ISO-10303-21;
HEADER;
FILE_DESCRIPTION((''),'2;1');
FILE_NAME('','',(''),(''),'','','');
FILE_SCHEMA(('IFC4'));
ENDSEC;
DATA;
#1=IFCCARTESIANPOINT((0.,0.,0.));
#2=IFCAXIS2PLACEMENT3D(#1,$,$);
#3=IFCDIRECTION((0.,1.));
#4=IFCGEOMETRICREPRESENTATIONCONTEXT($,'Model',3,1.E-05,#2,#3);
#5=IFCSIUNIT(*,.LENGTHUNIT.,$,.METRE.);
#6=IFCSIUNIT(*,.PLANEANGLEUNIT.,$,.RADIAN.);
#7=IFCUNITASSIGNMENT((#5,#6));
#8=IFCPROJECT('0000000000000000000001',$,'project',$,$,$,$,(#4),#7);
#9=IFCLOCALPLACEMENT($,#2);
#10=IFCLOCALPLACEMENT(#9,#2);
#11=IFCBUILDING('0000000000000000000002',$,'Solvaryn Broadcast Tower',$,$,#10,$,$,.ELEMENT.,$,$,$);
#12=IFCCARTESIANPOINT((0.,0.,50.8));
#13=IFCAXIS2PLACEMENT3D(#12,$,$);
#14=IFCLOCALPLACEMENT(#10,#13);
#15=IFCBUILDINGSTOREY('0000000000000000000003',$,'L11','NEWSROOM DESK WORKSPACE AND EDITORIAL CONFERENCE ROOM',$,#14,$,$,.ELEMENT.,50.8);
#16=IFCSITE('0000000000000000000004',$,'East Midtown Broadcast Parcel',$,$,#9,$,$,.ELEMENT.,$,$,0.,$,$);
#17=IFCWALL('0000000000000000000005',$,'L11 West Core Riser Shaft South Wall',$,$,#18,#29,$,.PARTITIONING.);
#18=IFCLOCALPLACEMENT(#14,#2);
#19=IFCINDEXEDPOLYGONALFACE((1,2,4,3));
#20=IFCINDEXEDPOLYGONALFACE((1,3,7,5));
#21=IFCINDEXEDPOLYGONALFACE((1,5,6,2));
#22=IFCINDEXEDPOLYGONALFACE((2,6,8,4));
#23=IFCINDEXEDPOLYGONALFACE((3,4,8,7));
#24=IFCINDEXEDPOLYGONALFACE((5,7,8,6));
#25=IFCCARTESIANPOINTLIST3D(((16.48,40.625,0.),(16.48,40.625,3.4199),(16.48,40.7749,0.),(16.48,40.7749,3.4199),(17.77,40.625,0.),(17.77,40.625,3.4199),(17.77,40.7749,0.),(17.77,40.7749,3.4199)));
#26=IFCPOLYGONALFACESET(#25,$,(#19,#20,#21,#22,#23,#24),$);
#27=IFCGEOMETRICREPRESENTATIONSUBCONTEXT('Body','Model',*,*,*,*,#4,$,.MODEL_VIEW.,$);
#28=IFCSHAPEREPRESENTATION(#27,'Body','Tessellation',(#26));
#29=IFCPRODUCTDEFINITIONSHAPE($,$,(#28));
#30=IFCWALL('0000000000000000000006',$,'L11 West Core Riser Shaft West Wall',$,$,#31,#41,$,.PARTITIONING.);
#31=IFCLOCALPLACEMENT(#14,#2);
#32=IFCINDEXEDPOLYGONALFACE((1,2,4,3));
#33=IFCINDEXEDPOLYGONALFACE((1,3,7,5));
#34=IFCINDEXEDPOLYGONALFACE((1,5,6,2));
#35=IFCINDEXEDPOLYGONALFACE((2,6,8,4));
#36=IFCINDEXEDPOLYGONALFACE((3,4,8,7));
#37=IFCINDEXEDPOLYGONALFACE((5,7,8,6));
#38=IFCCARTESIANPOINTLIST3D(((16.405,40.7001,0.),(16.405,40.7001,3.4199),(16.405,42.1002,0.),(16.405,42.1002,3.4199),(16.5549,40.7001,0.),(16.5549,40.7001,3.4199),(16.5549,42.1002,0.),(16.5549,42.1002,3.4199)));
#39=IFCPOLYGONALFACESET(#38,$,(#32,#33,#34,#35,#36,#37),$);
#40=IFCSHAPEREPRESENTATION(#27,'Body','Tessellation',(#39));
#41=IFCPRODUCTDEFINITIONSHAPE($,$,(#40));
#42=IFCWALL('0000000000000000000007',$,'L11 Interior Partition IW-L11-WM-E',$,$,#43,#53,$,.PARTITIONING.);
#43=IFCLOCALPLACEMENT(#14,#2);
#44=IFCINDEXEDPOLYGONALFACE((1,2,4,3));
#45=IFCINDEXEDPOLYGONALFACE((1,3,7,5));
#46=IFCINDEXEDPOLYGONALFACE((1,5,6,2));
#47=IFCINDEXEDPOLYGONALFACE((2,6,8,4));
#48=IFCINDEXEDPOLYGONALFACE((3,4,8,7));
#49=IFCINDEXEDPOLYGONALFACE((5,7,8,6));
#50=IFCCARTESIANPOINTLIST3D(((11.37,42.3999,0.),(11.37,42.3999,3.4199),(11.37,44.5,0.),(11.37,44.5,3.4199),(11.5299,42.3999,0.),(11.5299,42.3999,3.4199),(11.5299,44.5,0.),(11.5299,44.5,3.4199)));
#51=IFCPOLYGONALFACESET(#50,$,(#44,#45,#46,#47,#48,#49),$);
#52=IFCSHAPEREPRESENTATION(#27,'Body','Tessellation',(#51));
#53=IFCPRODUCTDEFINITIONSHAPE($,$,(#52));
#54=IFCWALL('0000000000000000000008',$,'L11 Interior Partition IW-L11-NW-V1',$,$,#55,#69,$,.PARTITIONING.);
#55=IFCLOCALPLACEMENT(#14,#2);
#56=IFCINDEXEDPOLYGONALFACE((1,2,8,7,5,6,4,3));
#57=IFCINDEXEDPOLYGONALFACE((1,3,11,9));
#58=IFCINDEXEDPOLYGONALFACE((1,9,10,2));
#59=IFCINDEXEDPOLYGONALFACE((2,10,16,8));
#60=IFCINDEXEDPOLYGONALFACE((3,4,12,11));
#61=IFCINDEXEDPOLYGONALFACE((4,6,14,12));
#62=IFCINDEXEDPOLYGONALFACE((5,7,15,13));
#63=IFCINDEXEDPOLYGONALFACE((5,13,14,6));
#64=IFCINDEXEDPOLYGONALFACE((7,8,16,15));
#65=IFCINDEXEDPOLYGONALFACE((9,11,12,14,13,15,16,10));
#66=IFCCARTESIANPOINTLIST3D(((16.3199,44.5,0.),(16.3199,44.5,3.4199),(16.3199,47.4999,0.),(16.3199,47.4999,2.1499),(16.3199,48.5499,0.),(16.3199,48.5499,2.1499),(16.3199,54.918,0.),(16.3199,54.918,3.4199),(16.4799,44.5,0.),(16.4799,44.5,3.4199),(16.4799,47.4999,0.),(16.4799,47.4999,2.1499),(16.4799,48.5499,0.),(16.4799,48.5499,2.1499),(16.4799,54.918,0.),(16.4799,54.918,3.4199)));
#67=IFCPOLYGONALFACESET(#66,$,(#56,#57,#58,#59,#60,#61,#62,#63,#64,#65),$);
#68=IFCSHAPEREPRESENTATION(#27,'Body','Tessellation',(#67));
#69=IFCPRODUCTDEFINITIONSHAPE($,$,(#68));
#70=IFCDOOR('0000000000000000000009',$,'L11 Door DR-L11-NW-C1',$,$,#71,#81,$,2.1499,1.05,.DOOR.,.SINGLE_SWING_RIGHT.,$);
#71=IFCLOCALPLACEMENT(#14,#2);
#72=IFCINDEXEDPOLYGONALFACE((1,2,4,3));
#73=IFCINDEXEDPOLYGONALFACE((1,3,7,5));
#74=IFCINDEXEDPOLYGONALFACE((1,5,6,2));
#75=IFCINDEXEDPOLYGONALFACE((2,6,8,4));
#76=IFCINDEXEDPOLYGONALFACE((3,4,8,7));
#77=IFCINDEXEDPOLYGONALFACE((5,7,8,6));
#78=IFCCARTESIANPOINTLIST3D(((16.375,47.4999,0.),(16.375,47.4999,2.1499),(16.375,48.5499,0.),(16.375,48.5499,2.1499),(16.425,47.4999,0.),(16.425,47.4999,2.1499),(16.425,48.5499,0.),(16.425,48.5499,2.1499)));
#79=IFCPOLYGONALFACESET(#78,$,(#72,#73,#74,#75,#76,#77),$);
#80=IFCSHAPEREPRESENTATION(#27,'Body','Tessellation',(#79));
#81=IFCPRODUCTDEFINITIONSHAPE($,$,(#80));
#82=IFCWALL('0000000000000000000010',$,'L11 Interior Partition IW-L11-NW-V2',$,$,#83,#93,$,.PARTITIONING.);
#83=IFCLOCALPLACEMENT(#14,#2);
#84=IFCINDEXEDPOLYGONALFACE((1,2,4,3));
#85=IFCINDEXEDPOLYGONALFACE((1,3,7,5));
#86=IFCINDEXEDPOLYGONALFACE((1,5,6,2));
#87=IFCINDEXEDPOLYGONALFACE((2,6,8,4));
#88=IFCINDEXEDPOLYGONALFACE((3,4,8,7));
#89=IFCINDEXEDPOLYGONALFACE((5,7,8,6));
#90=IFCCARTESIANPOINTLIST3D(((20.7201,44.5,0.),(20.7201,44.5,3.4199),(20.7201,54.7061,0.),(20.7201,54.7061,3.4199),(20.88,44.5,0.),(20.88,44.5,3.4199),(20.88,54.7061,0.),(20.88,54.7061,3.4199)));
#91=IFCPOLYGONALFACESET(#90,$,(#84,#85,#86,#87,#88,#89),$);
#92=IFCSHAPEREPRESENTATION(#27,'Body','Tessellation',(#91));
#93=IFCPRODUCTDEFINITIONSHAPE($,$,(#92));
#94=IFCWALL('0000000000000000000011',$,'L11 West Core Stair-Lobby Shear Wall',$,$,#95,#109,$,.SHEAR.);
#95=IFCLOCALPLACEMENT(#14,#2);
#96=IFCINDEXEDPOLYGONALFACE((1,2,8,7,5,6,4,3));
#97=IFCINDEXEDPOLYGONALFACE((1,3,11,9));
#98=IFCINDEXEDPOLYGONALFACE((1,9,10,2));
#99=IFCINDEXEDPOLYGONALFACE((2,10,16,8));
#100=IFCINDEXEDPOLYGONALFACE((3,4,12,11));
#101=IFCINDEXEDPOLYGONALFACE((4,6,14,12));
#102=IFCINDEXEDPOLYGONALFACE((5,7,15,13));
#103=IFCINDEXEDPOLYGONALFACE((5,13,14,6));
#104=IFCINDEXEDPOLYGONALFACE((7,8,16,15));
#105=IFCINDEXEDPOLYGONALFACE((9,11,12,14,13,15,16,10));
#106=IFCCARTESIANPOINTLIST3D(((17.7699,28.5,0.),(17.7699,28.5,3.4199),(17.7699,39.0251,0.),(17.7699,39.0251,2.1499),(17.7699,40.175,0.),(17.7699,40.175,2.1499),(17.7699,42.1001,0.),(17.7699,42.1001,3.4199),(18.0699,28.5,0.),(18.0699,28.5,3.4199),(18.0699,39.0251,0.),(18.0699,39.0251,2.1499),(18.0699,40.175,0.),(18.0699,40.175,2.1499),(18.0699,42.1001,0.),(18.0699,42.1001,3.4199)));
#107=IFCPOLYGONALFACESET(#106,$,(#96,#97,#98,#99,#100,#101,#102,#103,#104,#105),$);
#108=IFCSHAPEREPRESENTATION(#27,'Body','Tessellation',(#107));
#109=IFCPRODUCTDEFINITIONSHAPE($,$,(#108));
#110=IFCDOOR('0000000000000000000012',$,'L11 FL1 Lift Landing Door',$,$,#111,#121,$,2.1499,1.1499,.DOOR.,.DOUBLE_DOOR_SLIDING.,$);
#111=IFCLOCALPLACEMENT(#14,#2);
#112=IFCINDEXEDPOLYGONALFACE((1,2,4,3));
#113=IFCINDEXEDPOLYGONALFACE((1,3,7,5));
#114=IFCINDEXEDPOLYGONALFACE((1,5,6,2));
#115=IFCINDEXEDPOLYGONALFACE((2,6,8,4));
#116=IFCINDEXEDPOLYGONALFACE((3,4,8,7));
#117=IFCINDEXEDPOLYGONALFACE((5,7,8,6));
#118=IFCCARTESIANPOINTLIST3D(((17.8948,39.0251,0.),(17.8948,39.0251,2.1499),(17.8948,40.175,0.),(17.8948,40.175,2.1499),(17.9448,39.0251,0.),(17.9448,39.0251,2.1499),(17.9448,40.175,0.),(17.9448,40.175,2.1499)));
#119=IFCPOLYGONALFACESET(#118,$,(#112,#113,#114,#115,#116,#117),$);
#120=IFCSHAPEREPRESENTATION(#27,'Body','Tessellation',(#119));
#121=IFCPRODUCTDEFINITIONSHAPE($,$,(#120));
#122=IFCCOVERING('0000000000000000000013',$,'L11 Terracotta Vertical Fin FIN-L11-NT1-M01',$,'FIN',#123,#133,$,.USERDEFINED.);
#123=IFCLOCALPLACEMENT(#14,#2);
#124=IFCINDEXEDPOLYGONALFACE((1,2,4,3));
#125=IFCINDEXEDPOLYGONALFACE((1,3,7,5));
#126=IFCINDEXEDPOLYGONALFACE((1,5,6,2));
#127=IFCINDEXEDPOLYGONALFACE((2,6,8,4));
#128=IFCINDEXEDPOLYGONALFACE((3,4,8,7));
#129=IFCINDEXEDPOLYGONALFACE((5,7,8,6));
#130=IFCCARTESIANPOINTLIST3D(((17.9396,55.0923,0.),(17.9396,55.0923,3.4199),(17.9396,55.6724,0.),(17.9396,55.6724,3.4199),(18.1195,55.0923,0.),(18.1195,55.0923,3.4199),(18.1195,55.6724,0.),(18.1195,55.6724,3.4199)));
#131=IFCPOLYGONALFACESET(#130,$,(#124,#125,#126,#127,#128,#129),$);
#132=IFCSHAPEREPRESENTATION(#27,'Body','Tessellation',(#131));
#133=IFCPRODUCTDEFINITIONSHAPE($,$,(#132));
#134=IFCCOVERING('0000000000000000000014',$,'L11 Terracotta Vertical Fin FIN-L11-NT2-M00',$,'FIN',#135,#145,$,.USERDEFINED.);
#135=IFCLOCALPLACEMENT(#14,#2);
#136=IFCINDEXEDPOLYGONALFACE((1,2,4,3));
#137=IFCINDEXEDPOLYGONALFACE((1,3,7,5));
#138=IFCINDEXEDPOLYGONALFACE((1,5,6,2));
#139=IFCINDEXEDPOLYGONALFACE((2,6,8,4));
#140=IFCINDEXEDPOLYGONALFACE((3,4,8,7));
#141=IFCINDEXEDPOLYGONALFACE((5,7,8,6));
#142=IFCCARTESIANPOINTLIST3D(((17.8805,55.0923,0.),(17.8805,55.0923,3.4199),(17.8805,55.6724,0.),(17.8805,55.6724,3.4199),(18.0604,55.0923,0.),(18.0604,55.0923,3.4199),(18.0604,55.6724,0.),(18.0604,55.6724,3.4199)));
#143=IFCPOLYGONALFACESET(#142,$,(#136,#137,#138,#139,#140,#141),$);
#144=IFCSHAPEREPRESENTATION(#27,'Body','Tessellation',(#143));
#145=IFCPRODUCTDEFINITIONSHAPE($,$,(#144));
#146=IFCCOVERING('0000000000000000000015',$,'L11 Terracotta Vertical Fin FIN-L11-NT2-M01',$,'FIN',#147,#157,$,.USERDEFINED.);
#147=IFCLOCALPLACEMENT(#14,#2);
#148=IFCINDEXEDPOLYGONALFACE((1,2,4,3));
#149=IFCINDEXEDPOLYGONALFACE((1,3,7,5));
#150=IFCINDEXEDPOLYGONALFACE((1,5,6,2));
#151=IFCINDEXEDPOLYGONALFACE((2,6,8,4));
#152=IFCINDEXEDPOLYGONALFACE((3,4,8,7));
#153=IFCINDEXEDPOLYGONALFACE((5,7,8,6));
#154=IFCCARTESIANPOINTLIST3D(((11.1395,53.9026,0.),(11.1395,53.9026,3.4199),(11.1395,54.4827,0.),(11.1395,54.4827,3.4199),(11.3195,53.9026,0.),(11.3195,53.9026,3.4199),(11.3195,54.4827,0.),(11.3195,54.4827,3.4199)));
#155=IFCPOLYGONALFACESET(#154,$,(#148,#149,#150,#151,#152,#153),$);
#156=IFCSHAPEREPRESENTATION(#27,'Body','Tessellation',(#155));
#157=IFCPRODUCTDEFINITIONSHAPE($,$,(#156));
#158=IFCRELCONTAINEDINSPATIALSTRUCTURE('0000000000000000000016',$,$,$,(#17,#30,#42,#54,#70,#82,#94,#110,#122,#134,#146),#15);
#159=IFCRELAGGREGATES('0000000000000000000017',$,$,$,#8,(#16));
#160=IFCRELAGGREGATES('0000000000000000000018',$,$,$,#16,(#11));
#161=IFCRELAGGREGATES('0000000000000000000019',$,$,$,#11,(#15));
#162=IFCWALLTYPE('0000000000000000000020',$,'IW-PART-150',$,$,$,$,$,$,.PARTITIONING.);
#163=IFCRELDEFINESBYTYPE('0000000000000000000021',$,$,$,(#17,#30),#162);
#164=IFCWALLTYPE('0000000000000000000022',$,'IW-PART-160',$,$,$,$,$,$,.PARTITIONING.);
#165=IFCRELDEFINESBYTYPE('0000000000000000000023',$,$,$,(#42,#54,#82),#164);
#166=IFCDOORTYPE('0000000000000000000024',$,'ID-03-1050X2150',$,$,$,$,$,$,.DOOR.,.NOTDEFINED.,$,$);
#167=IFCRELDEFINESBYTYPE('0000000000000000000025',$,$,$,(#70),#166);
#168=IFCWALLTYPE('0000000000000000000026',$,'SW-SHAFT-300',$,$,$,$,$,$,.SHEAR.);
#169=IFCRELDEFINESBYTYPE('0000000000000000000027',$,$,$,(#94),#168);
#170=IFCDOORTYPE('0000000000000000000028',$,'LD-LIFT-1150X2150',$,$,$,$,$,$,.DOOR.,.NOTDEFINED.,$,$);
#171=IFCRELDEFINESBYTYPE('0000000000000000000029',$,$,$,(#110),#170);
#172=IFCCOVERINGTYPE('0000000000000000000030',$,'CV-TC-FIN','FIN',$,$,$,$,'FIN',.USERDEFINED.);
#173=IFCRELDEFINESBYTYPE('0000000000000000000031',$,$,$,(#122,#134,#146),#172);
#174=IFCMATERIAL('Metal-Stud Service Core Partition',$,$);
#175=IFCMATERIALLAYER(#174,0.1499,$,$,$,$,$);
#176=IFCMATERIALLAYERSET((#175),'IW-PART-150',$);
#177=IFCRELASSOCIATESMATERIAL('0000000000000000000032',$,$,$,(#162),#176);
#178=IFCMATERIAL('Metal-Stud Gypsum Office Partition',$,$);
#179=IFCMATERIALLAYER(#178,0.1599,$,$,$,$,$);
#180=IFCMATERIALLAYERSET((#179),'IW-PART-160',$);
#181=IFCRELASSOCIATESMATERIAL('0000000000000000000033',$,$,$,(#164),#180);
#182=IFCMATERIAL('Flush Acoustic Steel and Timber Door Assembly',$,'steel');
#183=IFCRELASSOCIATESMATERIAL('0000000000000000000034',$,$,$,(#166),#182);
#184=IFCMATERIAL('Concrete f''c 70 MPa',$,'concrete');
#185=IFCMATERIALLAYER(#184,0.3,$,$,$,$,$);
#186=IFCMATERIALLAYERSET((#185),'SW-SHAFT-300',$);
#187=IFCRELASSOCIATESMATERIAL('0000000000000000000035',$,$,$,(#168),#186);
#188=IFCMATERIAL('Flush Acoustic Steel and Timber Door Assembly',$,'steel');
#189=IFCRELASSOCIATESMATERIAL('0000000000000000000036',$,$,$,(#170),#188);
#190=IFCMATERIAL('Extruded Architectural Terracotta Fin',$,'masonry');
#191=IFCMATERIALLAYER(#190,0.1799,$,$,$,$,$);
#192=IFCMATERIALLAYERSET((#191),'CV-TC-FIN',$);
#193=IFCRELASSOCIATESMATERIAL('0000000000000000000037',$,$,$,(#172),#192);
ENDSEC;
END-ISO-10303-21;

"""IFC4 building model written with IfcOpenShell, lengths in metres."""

from ifc_helpers import new_model, si_unit, direction, frame, frame_2d, origin, origin_2d, place, context, subcontext, project, spatial, rectangle, extrude, material, layer, layer_set, type_object, element, fill, save


model = new_model("IFC4")

# Units and contexts
model_context = context("Model", 3, precision=1e-05, world=origin(), true_north=direction((0.0, 1.0)))
body_context = subcontext(model_context, "Body", "Model", "MODEL_VIEW")
ifc_project = project(units=[si_unit("LENGTHUNIT", "METRE"), si_unit("PLANEANGLEUNIT", "RADIAN")], contexts=[model_context])

# Site, building, storey
site_placement = place(None, origin())
site = spatial("IfcSite", under=ifc_project, at=site_placement, Name="East Midtown Broadcast Parcel", CompositionType="ELEMENT", RefElevation=0.0)
building_placement = place(site_placement, origin())
building = spatial("IfcBuilding", under=site, at=building_placement, Name="Solvaryn Broadcast Tower", CompositionType="ELEMENT")
storey_placement = place(building_placement, frame((0.0, 0.0, 50.8)))
storey = spatial("IfcBuildingStorey", under=building, at=storey_placement, Name="L11", Description="NEWSROOM DESK WORKSPACE AND EDITORIAL CONFERENCE ROOM", CompositionType="ELEMENT", Elevation=50.8)

# Walls
ifc_material_1 = material(Name="Metal-Stud Service Core Partition")
ifc_layer_1 = layer(ifc_material_1, 0.1499)
ifc_layer_set_1 = layer_set([ifc_layer_1], Name="IW-PART-150")
wall_type_1 = type_object("IfcWallType", Name="IW-PART-150", PredefinedType="PARTITIONING", material=ifc_layer_set_1)
wall_1_placement = place(storey_placement, frame((16.48, 40.7, 0.0), z_axis=(0.0, 0.0, 1.0), x_axis=(1.0, 0.0, 0.0)))
element("IfcWall", 1, at=wall_1_placement, inside=storey, type_object=wall_type_1, Name="L11 West Core Riser Shaft South Wall", PredefinedType="PARTITIONING", context=body_context, shape_type="SweptSolid", body=[
    extrude(rectangle(XDim=1.29, YDim=0.1499, at=frame_2d((0.645, 0.0))), origin(), (0.0, 0.0, 1.0), 3.4199),
])
wall_2_placement = place(storey_placement, frame((16.48, 40.7, 0.0), z_axis=(0.0, 0.0, 1.0), x_axis=(0.0, 1.0, 0.0)))
element("IfcWall", 2, at=wall_2_placement, inside=storey, type_object=wall_type_1, Name="L11 West Core Riser Shaft West Wall", PredefinedType="PARTITIONING", context=body_context, shape_type="SweptSolid", body=[
    extrude(rectangle(XDim=1.4001, YDim=0.1499, at=frame_2d((0.7002, 0.0))), origin(), (0.0, 0.0, 1.0), 3.4199),
])
ifc_material_2 = material(Name="Metal-Stud Gypsum Office Partition")
ifc_layer_2 = layer(ifc_material_2, 0.1599)
ifc_layer_set_2 = layer_set([ifc_layer_2], Name="IW-PART-160")
wall_type_2 = type_object("IfcWallType", Name="IW-PART-160", PredefinedType="PARTITIONING", material=ifc_layer_set_2)
wall_3_placement = place(storey_placement, frame((11.45, 42.3999, 0.0), z_axis=(0.0, 0.0, 1.0), x_axis=(0.0, 1.0, 0.0)))
element("IfcWall", 3, at=wall_3_placement, inside=storey, type_object=wall_type_2, Name="L11 Interior Partition IW-L11-WM-E", PredefinedType="PARTITIONING", context=body_context, shape_type="SweptSolid", body=[
    extrude(rectangle(XDim=2.1001, YDim=0.1599, at=frame_2d((1.05, 0.0))), origin(), (0.0, 0.0, 1.0), 3.4199),
])

# Wall, opening, door
wall_4_placement = place(storey_placement, frame((16.3999, 44.5, 0.0), z_axis=(0.0, 0.0, 1.0), x_axis=(0.0, 1.0, 0.0)))
wall_4 = element("IfcWall", 4, at=wall_4_placement, inside=storey, type_object=wall_type_2, Name="L11 Interior Partition IW-L11-NW-V1", PredefinedType="PARTITIONING", context=body_context, shape_type="SweptSolid", body=[
    extrude(rectangle(XDim=10.418, YDim=0.1599, at=frame_2d((5.209, 0.0))), origin(), (0.0, 0.0, 1.0), 3.4199),
])
opening_1_placement = place(wall_4_placement, frame((3.0, 0.0, 0.0)))
opening_1 = element("IfcOpeningElement", 5, at=opening_1_placement, cuts=wall_4, PredefinedType="OPENING", context=body_context, shape_type="SweptSolid", body=[
    extrude(rectangle(XDim=1.05, YDim=2.1499, at=frame_2d((0.5249, 1.075))), frame((0.0, 0.0901, 0.0), z_axis=(0.0, -1.0, 0.0), x_axis=(1.0, 0.0, 0.0)), (0.0, 0.0, 1.0), 0.1799),
])
ifc_material_3 = material(Name="Flush Acoustic Steel and Timber Door Assembly", Category="steel")
door_type_1 = type_object("IfcDoorType", Name="ID-03-1050X2150", OperationType="NOTDEFINED", PredefinedType="DOOR", material=ifc_material_3)
door_1_placement = place(opening_1_placement, origin())
door_1 = element("IfcDoor", 6, at=door_1_placement, inside=storey, type_object=door_type_1, Name="L11 Door DR-L11-NW-C1", OperationType="SINGLE_SWING_RIGHT", OverallHeight=2.1499, OverallWidth=1.05, PredefinedType="DOOR", context=body_context, shape_type="SweptSolid", body=[
    extrude(rectangle(XDim=1.05, YDim=2.1499, at=frame_2d((0.5249, 1.075))), frame((0.0, 0.0249, 0.0), z_axis=(0.0, -1.0, 0.0), x_axis=(1.0, 0.0, 0.0)), (0.0, 0.0, 1.0), 0.05),
])
fill(opening_1, door_1)

# Wall
wall_5_placement = place(storey_placement, frame((20.8, 44.5, 0.0), z_axis=(0.0, 0.0, 1.0), x_axis=(0.0, 1.0, 0.0)))
element("IfcWall", 7, at=wall_5_placement, inside=storey, type_object=wall_type_2, Name="L11 Interior Partition IW-L11-NW-V2", PredefinedType="PARTITIONING", context=body_context, shape_type="SweptSolid", body=[
    extrude(rectangle(XDim=10.2061, YDim=0.1599, at=frame_2d((5.103, 0.0))), origin(), (0.0, 0.0, 1.0), 3.4199),
])

# Wall, opening, door
ifc_material_4 = material(Name="Concrete f'c 70 MPa", Category="concrete")
ifc_layer_3 = layer(ifc_material_4, 0.3)
ifc_layer_set_3 = layer_set([ifc_layer_3], Name="SW-SHAFT-300")
wall_type_3 = type_object("IfcWallType", Name="SW-SHAFT-300", PredefinedType="SHEAR", material=ifc_layer_set_3)
wall_6_placement = place(storey_placement, frame((17.9199, 42.1001, 0.0), z_axis=(0.0, 0.0, 1.0), x_axis=(0.0, -1.0, 0.0)))
wall_6 = element("IfcWall", 8, at=wall_6_placement, inside=storey, type_object=wall_type_3, Name="L11 West Core Stair-Lobby Shear Wall", PredefinedType="SHEAR", context=body_context, shape_type="SweptSolid", body=[
    extrude(rectangle(XDim=13.6001, YDim=0.3, at=frame_2d((6.8, 0.0))), origin(), (0.0, 0.0, 1.0), 3.4199),
])
opening_2_placement = place(wall_6_placement, frame((1.925, 0.0, 0.0)))
opening_2 = element("IfcOpeningElement", 9, at=opening_2_placement, cuts=wall_6, PredefinedType="OPENING", context=body_context, shape_type="SweptSolid", body=[
    extrude(rectangle(XDim=1.1499, YDim=2.1499, at=frame_2d((0.575, 1.075))), frame((0.0, 0.1599, 0.0), z_axis=(0.0, -1.0, 0.0), x_axis=(1.0, 0.0, 0.0)), (0.0, 0.0, 1.0), 0.3201),
])
ifc_material_5 = material(Name="Flush Acoustic Steel and Timber Door Assembly", Category="steel")
door_type_2 = type_object("IfcDoorType", Name="LD-LIFT-1150X2150", OperationType="NOTDEFINED", PredefinedType="DOOR", material=ifc_material_5)
door_2_placement = place(opening_2_placement, origin())
door_2 = element("IfcDoor", 10, at=door_2_placement, inside=storey, type_object=door_type_2, Name="L11 FL1 Lift Landing Door", OperationType="DOUBLE_DOOR_SLIDING", OverallHeight=2.1499, OverallWidth=1.1499, PredefinedType="DOOR", context=body_context, shape_type="SweptSolid", body=[
    extrude(rectangle(XDim=1.1499, YDim=2.1499, at=frame_2d((0.575, 1.075))), frame((0.0, 0.0249, 0.0), z_axis=(0.0, -1.0, 0.0), x_axis=(1.0, 0.0, 0.0)), (0.0, 0.0, 1.0), 0.05),
])
fill(opening_2, door_2)

# Coverings
ifc_material_6 = material(Name="Extruded Architectural Terracotta Fin", Category="masonry")
ifc_layer_4 = layer(ifc_material_6, 0.1799)
ifc_layer_set_4 = layer_set([ifc_layer_4], Name="CV-TC-FIN")
covering_type = type_object("IfcCoveringType", Name="CV-TC-FIN", Description="FIN", ElementType="FIN", PredefinedType="USERDEFINED", material=ifc_layer_set_4)
for number, where, z_axis, x_axis, name in (
    (11, (18.0295, 55.3823, 0.0), (0.0, 0.0, 1.0), (1.0, 0.0, 0.0), "L11 Terracotta Vertical Fin FIN-L11-NT1-M01"),
    (12, (17.9705, 55.3823, 0.0), (0.0, 0.0, 1.0), (1.0, 0.0, 0.0), "L11 Terracotta Vertical Fin FIN-L11-NT2-M00"),
    (13, (11.2295, 54.1926, 0.0), (0.0, 0.0, 1.0), (1.0, 0.0, 0.0), "L11 Terracotta Vertical Fin FIN-L11-NT2-M01"),
):
    element("IfcCovering", number, at=place(storey_placement, frame(where, z_axis=z_axis, x_axis=x_axis)), inside=storey, type_object=covering_type, Name=name, ObjectType="FIN", PredefinedType="USERDEFINED", context=body_context, shape_type="SweptSolid", body=[
        extrude(rectangle(XDim=0.1799, YDim=0.5801, at=origin_2d()), origin(), (0.0, 0.0, 1.0), 3.4199),
    ])

save(model, "model.ifc")
